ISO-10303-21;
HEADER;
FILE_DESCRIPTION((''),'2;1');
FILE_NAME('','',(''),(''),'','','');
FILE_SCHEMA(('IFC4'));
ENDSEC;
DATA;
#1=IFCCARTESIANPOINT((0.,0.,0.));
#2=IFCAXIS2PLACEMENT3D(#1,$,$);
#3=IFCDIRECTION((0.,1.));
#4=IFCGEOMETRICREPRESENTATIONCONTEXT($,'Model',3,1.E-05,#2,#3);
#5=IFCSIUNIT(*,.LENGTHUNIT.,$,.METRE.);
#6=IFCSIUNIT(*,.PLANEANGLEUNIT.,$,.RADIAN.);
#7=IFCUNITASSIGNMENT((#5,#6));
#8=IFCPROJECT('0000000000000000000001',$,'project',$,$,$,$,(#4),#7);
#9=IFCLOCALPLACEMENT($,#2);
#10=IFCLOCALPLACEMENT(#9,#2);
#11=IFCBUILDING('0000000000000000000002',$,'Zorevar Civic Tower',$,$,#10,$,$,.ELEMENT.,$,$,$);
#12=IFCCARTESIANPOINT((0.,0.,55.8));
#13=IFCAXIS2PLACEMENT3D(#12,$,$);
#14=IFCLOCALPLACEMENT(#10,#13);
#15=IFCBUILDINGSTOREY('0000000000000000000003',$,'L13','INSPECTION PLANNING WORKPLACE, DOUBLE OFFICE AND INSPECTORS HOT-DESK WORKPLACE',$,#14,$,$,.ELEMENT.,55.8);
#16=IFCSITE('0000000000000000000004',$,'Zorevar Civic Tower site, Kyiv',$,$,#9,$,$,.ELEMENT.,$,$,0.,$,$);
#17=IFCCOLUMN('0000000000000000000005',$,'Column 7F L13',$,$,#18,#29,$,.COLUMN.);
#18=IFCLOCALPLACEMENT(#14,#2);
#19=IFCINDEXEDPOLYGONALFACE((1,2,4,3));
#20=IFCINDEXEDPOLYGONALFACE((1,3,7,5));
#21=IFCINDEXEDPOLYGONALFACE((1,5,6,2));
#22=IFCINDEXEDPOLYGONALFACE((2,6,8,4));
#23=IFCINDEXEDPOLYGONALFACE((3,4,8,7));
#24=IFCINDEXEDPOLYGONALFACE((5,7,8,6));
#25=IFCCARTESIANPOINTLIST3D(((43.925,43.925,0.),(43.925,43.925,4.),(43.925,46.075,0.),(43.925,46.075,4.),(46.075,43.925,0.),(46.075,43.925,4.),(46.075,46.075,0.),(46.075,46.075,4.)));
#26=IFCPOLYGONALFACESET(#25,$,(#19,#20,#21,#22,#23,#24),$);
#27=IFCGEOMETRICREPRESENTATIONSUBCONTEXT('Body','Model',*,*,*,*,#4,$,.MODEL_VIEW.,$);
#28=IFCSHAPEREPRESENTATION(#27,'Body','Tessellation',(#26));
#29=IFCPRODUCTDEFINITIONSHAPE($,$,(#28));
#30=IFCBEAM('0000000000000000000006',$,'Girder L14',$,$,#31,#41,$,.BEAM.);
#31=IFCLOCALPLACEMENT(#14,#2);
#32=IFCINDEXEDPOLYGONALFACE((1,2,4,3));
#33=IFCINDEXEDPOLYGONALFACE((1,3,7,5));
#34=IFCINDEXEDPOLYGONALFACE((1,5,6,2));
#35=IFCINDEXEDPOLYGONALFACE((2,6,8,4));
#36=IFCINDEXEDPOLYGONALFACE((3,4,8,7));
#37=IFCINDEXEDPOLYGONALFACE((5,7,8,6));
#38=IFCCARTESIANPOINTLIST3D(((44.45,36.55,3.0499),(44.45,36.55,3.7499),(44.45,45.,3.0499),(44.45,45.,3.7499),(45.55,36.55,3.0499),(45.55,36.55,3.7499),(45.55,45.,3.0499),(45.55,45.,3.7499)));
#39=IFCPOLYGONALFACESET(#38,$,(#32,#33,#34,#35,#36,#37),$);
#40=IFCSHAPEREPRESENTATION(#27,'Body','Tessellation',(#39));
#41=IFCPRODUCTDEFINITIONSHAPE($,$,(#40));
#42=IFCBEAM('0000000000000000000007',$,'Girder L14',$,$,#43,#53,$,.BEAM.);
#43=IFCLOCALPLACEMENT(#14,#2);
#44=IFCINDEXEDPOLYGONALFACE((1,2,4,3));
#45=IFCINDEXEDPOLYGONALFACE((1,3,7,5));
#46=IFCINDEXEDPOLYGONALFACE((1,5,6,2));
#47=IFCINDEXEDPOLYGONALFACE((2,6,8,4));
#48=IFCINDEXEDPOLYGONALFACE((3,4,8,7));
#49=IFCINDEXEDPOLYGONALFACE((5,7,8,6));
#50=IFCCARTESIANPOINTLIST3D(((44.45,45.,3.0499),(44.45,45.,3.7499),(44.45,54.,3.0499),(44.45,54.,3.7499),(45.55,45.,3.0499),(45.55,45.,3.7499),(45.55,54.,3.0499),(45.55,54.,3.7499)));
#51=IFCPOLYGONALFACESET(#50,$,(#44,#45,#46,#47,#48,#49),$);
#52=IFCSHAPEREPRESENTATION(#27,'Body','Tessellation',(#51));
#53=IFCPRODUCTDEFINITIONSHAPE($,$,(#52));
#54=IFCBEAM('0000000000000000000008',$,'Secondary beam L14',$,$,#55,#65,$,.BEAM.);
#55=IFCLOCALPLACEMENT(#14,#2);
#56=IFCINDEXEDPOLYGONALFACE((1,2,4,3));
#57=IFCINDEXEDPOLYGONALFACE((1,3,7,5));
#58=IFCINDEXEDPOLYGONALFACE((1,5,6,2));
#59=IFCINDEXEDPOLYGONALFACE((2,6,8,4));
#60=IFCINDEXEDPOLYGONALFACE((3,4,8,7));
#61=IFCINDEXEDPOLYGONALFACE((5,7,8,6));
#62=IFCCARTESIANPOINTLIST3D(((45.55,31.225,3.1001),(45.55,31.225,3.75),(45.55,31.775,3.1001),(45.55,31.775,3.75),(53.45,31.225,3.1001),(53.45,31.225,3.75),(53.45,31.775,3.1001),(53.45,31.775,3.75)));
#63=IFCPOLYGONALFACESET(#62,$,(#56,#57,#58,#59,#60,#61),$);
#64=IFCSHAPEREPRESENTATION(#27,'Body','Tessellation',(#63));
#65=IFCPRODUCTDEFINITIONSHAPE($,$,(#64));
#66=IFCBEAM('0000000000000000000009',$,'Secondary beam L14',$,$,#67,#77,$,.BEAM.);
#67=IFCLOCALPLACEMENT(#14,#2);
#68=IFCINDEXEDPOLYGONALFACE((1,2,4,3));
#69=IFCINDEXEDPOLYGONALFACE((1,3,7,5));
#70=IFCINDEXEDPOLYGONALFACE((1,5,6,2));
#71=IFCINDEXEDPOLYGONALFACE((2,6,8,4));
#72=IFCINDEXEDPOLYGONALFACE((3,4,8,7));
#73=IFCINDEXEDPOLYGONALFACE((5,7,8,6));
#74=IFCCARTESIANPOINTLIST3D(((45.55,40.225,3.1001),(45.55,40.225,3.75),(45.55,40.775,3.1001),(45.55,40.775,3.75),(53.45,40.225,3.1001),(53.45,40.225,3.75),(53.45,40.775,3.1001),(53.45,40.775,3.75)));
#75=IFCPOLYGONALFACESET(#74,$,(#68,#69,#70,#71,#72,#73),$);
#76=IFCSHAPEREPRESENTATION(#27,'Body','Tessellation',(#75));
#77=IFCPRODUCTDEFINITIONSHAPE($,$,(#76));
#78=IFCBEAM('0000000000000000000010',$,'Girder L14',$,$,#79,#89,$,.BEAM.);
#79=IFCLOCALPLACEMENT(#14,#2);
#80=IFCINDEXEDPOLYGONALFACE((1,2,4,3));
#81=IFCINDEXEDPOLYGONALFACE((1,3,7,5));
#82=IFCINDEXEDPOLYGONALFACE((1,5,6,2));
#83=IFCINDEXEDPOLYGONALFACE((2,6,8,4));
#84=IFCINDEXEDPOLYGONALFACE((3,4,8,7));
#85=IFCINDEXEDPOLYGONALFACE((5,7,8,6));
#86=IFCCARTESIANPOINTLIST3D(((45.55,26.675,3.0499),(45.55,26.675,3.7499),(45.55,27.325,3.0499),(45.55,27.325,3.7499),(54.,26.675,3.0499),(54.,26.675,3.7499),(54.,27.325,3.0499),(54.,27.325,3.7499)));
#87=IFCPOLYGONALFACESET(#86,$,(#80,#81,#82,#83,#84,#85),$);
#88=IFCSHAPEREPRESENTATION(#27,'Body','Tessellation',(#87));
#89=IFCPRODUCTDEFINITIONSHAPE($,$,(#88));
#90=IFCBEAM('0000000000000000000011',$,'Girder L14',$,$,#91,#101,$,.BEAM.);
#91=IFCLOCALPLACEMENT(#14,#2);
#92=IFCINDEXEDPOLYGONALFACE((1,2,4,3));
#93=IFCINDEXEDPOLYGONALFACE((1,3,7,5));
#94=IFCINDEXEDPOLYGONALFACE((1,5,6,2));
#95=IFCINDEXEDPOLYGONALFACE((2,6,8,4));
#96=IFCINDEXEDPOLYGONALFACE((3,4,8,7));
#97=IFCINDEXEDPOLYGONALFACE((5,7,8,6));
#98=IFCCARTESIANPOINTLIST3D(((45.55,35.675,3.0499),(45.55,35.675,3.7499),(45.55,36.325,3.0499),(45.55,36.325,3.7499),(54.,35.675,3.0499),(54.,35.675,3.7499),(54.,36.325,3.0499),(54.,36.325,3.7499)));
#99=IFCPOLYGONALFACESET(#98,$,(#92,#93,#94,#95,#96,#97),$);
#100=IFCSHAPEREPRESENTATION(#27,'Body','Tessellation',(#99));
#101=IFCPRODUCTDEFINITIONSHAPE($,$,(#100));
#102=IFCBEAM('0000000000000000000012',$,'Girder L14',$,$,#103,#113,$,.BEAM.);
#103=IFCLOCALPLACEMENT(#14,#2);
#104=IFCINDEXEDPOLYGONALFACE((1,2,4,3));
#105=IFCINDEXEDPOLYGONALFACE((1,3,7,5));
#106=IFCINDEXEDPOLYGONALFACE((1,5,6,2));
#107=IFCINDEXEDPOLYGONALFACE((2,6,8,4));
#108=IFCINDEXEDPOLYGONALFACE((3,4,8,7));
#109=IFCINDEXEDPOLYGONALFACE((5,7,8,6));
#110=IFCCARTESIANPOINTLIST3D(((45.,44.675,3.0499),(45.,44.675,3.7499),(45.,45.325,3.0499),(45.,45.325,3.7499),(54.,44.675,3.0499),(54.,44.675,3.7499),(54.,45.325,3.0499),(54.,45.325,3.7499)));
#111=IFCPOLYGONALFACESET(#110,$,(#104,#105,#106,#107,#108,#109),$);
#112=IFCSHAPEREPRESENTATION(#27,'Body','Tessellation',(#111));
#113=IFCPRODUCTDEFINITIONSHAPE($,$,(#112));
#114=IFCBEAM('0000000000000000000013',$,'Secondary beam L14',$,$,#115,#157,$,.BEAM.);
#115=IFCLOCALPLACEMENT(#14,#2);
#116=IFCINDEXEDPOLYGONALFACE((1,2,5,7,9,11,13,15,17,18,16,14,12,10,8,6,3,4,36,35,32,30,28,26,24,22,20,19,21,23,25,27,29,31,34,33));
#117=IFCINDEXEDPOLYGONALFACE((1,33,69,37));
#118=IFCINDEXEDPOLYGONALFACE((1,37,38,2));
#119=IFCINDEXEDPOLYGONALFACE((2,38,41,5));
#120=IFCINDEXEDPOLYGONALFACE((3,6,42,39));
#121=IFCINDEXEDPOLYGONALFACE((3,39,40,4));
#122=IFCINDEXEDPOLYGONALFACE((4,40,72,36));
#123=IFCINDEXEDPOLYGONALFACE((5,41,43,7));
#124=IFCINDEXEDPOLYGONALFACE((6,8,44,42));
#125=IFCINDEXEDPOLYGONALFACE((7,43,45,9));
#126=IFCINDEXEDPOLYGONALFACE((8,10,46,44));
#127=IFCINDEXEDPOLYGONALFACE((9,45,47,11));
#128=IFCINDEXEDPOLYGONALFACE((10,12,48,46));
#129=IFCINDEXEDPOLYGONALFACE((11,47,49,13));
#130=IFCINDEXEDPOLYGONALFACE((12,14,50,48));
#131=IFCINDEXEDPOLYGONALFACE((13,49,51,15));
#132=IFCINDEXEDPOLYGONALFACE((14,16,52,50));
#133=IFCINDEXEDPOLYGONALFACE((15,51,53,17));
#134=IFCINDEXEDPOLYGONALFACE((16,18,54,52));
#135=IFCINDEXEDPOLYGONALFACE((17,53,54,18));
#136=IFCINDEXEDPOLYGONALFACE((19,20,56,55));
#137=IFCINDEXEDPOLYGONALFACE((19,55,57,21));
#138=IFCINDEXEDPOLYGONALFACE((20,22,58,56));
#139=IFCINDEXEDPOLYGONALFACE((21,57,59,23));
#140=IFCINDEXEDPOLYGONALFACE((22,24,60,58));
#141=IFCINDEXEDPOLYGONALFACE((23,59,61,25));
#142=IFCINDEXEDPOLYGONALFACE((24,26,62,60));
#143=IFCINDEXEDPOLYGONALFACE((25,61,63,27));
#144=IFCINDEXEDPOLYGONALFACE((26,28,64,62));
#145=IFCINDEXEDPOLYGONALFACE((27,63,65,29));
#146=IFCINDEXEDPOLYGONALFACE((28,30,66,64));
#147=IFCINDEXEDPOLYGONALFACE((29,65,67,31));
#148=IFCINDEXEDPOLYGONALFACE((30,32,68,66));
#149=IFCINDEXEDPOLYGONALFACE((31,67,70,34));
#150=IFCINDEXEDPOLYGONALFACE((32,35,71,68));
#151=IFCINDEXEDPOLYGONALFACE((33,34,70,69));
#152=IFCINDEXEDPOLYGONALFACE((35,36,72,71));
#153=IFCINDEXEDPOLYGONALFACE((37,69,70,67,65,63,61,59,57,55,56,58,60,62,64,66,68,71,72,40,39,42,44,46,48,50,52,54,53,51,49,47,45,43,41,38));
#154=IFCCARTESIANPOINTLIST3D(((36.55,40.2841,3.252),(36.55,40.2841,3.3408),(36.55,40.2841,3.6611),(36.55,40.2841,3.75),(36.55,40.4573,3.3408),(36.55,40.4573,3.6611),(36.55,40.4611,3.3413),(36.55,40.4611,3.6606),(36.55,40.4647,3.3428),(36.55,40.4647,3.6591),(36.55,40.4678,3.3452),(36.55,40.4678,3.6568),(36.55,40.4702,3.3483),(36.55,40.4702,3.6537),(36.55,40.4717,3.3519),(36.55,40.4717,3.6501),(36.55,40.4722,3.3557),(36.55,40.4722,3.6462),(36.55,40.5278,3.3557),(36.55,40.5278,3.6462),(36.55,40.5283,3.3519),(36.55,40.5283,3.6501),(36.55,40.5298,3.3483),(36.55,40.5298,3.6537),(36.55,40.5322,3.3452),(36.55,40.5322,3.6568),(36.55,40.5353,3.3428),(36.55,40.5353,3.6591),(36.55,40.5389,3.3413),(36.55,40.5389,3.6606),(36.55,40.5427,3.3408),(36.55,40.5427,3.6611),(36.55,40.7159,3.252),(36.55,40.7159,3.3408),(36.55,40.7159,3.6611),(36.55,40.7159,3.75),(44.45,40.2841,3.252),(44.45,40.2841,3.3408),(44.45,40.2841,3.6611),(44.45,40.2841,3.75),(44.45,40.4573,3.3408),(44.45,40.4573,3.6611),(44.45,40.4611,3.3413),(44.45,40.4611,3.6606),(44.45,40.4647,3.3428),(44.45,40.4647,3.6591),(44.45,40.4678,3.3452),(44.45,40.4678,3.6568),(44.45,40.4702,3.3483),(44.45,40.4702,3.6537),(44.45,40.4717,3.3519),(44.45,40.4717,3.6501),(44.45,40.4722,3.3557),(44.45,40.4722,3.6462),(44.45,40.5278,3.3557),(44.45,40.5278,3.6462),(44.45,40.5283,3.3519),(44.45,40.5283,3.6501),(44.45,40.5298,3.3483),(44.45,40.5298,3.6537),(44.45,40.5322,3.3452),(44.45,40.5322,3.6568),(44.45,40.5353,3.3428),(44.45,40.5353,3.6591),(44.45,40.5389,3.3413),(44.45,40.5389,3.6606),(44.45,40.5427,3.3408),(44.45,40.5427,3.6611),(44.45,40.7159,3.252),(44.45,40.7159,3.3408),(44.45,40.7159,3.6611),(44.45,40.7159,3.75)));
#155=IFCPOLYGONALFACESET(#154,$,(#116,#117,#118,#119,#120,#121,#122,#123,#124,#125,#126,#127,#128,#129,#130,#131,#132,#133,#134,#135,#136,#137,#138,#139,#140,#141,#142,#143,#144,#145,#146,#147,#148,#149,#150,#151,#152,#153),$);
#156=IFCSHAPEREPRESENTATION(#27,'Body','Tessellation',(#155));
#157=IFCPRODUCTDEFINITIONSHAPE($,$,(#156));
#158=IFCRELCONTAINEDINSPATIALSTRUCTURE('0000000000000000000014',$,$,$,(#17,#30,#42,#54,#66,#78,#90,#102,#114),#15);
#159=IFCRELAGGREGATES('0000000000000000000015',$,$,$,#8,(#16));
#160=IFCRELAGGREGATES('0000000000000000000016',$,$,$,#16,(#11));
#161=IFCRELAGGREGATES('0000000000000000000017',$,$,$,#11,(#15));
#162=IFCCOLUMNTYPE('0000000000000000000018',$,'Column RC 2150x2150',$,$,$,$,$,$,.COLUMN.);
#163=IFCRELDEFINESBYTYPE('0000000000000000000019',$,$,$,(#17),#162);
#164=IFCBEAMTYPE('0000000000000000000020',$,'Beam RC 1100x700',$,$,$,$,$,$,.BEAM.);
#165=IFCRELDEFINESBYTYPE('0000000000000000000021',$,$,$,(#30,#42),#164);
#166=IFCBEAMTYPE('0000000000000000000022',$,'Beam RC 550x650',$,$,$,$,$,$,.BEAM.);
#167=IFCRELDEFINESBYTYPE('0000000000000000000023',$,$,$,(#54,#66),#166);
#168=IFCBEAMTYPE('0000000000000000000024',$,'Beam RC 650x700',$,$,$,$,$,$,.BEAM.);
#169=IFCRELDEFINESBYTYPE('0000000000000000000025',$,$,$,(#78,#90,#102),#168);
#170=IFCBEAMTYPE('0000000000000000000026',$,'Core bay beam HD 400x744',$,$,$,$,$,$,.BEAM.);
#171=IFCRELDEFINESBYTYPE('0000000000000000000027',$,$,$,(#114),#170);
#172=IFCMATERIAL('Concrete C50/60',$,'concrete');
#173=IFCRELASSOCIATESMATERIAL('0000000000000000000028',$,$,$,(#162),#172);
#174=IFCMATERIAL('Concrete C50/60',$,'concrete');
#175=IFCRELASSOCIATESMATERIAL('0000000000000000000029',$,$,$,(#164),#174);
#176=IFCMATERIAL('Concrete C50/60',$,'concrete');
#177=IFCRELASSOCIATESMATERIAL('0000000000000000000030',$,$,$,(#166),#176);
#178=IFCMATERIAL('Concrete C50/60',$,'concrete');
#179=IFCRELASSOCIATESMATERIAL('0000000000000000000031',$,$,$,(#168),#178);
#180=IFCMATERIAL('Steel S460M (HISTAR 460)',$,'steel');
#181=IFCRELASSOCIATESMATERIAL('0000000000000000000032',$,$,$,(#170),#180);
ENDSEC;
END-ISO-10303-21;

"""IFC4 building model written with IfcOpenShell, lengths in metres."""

from ifc_helpers import new_model, si_unit, direction, frame, origin, origin_2d, place, context, subcontext, project, spatial, rectangle, i_section, extrude, material, material_profile, profile_set, type_object, element, save


model = new_model("IFC4")

# Units and contexts
model_context = context("Model", 3, precision=1e-05, world=origin(), true_north=direction((0.0, 1.0)))
body_context = subcontext(model_context, "Body", "Model", "MODEL_VIEW")
ifc_project = project(units=[si_unit("LENGTHUNIT", "METRE"), si_unit("PLANEANGLEUNIT", "RADIAN")], contexts=[model_context])

# Site, building, storey
site_placement = place(None, origin())
site = spatial("IfcSite", under=ifc_project, at=site_placement, Name="Zorevar Civic Tower site, Kyiv", CompositionType="ELEMENT", RefElevation=0.0)
building_placement = place(site_placement, origin())
building = spatial("IfcBuilding", under=site, at=building_placement, Name="Zorevar Civic Tower", CompositionType="ELEMENT")
storey_placement = place(building_placement, frame((0.0, 0.0, 55.8)))
storey = spatial("IfcBuildingStorey", under=building, at=storey_placement, Name="L13", Description="INSPECTION PLANNING WORKPLACE, DOUBLE OFFICE AND INSPECTORS HOT-DESK WORKPLACE", CompositionType="ELEMENT", Elevation=55.8)

# Column
ifc_material_1 = material(Name="Concrete C50/60", Category="concrete")
ifc_material_profile_1 = material_profile(ifc_material_1, rectangle(XDim=2.1499, YDim=2.1499, at=origin_2d()), Name="RC 2150x2150")
ifc_profile_set_1 = profile_set([ifc_material_profile_1], Name="Concrete C50/60")
column_type = type_object("IfcColumnType", Name="Column RC 2150x2150", PredefinedType="COLUMN", material=ifc_profile_set_1)
column_placement = place(storey_placement, frame((45.0, 45.0, 0.0), z_axis=(0.0, 0.0, 1.0), x_axis=(1.0, 0.0, 0.0)))
element("IfcColumn", 1, at=column_placement, inside=storey, type_object=column_type, Name="Column 7F L13", PredefinedType="COLUMN", context=body_context, shape_type="SweptSolid", body=[
    extrude(rectangle(XDim=2.1499, YDim=2.1499, at=origin_2d()), origin(), (0.0, 0.0, 1.0), 4.0),
])

# Beams
ifc_material_2 = material(Name="Concrete C50/60", Category="concrete")
ifc_material_profile_2 = material_profile(ifc_material_2, rectangle(XDim=1.1001, YDim=0.7, at=origin_2d()), Name="RC 1100x700")
ifc_profile_set_2 = profile_set([ifc_material_profile_2], Name="Concrete C50/60")
beam_type_1 = type_object("IfcBeamType", Name="Beam RC 1100x700", PredefinedType="BEAM", material=ifc_profile_set_2)
beam_1_placement = place(storey_placement, frame((45.0, 36.55, 3.3999), z_axis=(0.0, 1.0, 0.0), x_axis=(-1.0, 0.0, 0.0)))
element("IfcBeam", 2, at=beam_1_placement, inside=storey, type_object=beam_type_1, Name="Girder L14", PredefinedType="BEAM", context=body_context, shape_type="SweptSolid", body=[
    extrude(rectangle(XDim=1.1001, YDim=0.7, at=origin_2d()), origin(), (0.0, 0.0, 1.0), 8.45),
])
beam_2_placement = place(storey_placement, frame((45.0, 45.0, 3.3999), z_axis=(0.0, 1.0, 0.0), x_axis=(-1.0, 0.0, 0.0)))
element("IfcBeam", 3, at=beam_2_placement, inside=storey, type_object=beam_type_1, Name="Girder L14", PredefinedType="BEAM", context=body_context, shape_type="SweptSolid", body=[
    extrude(rectangle(XDim=1.1001, YDim=0.7, at=origin_2d()), origin(), (0.0, 0.0, 1.0), 9.0),
])
ifc_material_3 = material(Name="Concrete C50/60", Category="concrete")
ifc_material_profile_3 = material_profile(ifc_material_3, rectangle(XDim=0.55, YDim=0.6499, at=origin_2d()), Name="RC 550x650")
ifc_profile_set_3 = profile_set([ifc_material_profile_3], Name="Concrete C50/60")
beam_type_2 = type_object("IfcBeamType", Name="Beam RC 550x650", PredefinedType="BEAM", material=ifc_profile_set_3)
for number, where, z_axis, x_axis, name in (
    (4, (45.55, 31.5, 3.425), (1.0, 0.0, 0.0), (0.0, 1.0, 0.0), "Secondary beam L14"),
    (5, (45.55, 40.5, 3.425), (1.0, 0.0, 0.0), (0.0, 1.0, 0.0), "Secondary beam L14"),
):
    element("IfcBeam", number, at=place(storey_placement, frame(where, z_axis=z_axis, x_axis=x_axis)), inside=storey, type_object=beam_type_2, Name=name, PredefinedType="BEAM", context=body_context, shape_type="SweptSolid", body=[
        extrude(rectangle(XDim=0.55, YDim=0.6499, at=origin_2d()), origin(), (0.0, 0.0, 1.0), 7.8999),
    ])
ifc_material_4 = material(Name="Concrete C50/60", Category="concrete")
ifc_material_profile_4 = material_profile(ifc_material_4, rectangle(XDim=0.6499, YDim=0.7, at=origin_2d()), Name="RC 650x700")
ifc_profile_set_4 = profile_set([ifc_material_profile_4], Name="Concrete C50/60")
beam_type_3 = type_object("IfcBeamType", Name="Beam RC 650x700", PredefinedType="BEAM", material=ifc_profile_set_4)
for number, where, z_axis, x_axis, name in (
    (6, (45.55, 27.0, 3.3999), (1.0, 0.0, 0.0), (0.0, 1.0, 0.0), "Girder L14"),
    (7, (45.55, 36.0, 3.3999), (1.0, 0.0, 0.0), (0.0, 1.0, 0.0), "Girder L14"),
):
    element("IfcBeam", number, at=place(storey_placement, frame(where, z_axis=z_axis, x_axis=x_axis)), inside=storey, type_object=beam_type_3, Name=name, PredefinedType="BEAM", context=body_context, shape_type="SweptSolid", body=[
        extrude(rectangle(XDim=0.6499, YDim=0.7, at=origin_2d()), origin(), (0.0, 0.0, 1.0), 8.45),
    ])
beam_3_placement = place(storey_placement, frame((45.0, 45.0, 3.3999), z_axis=(1.0, 0.0, 0.0), x_axis=(0.0, 1.0, 0.0)))
element("IfcBeam", 8, at=beam_3_placement, inside=storey, type_object=beam_type_3, Name="Girder L14", PredefinedType="BEAM", context=body_context, shape_type="SweptSolid", body=[
    extrude(rectangle(XDim=0.6499, YDim=0.7, at=origin_2d()), origin(), (0.0, 0.0, 1.0), 9.0),
])
ifc_material_5 = material(Name="Steel S460M (HISTAR 460)", Category="steel")
ifc_material_profile_5 = material_profile(ifc_material_5, i_section(OverallWidth=0.4319, OverallDepth=0.498, WebThickness=0.0557, FlangeThickness=0.0889, FilletRadius=0.0149, at=origin_2d()), Name="HD 400x744")
ifc_profile_set_5 = profile_set([ifc_material_profile_5], Name="Steel S460M (HISTAR 460)")
beam_type_4 = type_object("IfcBeamType", Name="Core bay beam HD 400x744", PredefinedType="BEAM", material=ifc_profile_set_5)
beam_4_placement = place(storey_placement, frame((36.55, 40.5, 3.501), z_axis=(1.0, 0.0, 0.0), x_axis=(0.0, 1.0, 0.0)))
element("IfcBeam", 9, at=beam_4_placement, inside=storey, type_object=beam_type_4, Name="Secondary beam L14", PredefinedType="BEAM", context=body_context, shape_type="SweptSolid", body=[
    extrude(i_section(OverallWidth=0.4319, OverallDepth=0.498, WebThickness=0.0557, FlangeThickness=0.0889, FilletRadius=0.0149, at=origin_2d()), origin(), (0.0, 0.0, 1.0), 7.8999),
])

save(model, "model.ifc")
